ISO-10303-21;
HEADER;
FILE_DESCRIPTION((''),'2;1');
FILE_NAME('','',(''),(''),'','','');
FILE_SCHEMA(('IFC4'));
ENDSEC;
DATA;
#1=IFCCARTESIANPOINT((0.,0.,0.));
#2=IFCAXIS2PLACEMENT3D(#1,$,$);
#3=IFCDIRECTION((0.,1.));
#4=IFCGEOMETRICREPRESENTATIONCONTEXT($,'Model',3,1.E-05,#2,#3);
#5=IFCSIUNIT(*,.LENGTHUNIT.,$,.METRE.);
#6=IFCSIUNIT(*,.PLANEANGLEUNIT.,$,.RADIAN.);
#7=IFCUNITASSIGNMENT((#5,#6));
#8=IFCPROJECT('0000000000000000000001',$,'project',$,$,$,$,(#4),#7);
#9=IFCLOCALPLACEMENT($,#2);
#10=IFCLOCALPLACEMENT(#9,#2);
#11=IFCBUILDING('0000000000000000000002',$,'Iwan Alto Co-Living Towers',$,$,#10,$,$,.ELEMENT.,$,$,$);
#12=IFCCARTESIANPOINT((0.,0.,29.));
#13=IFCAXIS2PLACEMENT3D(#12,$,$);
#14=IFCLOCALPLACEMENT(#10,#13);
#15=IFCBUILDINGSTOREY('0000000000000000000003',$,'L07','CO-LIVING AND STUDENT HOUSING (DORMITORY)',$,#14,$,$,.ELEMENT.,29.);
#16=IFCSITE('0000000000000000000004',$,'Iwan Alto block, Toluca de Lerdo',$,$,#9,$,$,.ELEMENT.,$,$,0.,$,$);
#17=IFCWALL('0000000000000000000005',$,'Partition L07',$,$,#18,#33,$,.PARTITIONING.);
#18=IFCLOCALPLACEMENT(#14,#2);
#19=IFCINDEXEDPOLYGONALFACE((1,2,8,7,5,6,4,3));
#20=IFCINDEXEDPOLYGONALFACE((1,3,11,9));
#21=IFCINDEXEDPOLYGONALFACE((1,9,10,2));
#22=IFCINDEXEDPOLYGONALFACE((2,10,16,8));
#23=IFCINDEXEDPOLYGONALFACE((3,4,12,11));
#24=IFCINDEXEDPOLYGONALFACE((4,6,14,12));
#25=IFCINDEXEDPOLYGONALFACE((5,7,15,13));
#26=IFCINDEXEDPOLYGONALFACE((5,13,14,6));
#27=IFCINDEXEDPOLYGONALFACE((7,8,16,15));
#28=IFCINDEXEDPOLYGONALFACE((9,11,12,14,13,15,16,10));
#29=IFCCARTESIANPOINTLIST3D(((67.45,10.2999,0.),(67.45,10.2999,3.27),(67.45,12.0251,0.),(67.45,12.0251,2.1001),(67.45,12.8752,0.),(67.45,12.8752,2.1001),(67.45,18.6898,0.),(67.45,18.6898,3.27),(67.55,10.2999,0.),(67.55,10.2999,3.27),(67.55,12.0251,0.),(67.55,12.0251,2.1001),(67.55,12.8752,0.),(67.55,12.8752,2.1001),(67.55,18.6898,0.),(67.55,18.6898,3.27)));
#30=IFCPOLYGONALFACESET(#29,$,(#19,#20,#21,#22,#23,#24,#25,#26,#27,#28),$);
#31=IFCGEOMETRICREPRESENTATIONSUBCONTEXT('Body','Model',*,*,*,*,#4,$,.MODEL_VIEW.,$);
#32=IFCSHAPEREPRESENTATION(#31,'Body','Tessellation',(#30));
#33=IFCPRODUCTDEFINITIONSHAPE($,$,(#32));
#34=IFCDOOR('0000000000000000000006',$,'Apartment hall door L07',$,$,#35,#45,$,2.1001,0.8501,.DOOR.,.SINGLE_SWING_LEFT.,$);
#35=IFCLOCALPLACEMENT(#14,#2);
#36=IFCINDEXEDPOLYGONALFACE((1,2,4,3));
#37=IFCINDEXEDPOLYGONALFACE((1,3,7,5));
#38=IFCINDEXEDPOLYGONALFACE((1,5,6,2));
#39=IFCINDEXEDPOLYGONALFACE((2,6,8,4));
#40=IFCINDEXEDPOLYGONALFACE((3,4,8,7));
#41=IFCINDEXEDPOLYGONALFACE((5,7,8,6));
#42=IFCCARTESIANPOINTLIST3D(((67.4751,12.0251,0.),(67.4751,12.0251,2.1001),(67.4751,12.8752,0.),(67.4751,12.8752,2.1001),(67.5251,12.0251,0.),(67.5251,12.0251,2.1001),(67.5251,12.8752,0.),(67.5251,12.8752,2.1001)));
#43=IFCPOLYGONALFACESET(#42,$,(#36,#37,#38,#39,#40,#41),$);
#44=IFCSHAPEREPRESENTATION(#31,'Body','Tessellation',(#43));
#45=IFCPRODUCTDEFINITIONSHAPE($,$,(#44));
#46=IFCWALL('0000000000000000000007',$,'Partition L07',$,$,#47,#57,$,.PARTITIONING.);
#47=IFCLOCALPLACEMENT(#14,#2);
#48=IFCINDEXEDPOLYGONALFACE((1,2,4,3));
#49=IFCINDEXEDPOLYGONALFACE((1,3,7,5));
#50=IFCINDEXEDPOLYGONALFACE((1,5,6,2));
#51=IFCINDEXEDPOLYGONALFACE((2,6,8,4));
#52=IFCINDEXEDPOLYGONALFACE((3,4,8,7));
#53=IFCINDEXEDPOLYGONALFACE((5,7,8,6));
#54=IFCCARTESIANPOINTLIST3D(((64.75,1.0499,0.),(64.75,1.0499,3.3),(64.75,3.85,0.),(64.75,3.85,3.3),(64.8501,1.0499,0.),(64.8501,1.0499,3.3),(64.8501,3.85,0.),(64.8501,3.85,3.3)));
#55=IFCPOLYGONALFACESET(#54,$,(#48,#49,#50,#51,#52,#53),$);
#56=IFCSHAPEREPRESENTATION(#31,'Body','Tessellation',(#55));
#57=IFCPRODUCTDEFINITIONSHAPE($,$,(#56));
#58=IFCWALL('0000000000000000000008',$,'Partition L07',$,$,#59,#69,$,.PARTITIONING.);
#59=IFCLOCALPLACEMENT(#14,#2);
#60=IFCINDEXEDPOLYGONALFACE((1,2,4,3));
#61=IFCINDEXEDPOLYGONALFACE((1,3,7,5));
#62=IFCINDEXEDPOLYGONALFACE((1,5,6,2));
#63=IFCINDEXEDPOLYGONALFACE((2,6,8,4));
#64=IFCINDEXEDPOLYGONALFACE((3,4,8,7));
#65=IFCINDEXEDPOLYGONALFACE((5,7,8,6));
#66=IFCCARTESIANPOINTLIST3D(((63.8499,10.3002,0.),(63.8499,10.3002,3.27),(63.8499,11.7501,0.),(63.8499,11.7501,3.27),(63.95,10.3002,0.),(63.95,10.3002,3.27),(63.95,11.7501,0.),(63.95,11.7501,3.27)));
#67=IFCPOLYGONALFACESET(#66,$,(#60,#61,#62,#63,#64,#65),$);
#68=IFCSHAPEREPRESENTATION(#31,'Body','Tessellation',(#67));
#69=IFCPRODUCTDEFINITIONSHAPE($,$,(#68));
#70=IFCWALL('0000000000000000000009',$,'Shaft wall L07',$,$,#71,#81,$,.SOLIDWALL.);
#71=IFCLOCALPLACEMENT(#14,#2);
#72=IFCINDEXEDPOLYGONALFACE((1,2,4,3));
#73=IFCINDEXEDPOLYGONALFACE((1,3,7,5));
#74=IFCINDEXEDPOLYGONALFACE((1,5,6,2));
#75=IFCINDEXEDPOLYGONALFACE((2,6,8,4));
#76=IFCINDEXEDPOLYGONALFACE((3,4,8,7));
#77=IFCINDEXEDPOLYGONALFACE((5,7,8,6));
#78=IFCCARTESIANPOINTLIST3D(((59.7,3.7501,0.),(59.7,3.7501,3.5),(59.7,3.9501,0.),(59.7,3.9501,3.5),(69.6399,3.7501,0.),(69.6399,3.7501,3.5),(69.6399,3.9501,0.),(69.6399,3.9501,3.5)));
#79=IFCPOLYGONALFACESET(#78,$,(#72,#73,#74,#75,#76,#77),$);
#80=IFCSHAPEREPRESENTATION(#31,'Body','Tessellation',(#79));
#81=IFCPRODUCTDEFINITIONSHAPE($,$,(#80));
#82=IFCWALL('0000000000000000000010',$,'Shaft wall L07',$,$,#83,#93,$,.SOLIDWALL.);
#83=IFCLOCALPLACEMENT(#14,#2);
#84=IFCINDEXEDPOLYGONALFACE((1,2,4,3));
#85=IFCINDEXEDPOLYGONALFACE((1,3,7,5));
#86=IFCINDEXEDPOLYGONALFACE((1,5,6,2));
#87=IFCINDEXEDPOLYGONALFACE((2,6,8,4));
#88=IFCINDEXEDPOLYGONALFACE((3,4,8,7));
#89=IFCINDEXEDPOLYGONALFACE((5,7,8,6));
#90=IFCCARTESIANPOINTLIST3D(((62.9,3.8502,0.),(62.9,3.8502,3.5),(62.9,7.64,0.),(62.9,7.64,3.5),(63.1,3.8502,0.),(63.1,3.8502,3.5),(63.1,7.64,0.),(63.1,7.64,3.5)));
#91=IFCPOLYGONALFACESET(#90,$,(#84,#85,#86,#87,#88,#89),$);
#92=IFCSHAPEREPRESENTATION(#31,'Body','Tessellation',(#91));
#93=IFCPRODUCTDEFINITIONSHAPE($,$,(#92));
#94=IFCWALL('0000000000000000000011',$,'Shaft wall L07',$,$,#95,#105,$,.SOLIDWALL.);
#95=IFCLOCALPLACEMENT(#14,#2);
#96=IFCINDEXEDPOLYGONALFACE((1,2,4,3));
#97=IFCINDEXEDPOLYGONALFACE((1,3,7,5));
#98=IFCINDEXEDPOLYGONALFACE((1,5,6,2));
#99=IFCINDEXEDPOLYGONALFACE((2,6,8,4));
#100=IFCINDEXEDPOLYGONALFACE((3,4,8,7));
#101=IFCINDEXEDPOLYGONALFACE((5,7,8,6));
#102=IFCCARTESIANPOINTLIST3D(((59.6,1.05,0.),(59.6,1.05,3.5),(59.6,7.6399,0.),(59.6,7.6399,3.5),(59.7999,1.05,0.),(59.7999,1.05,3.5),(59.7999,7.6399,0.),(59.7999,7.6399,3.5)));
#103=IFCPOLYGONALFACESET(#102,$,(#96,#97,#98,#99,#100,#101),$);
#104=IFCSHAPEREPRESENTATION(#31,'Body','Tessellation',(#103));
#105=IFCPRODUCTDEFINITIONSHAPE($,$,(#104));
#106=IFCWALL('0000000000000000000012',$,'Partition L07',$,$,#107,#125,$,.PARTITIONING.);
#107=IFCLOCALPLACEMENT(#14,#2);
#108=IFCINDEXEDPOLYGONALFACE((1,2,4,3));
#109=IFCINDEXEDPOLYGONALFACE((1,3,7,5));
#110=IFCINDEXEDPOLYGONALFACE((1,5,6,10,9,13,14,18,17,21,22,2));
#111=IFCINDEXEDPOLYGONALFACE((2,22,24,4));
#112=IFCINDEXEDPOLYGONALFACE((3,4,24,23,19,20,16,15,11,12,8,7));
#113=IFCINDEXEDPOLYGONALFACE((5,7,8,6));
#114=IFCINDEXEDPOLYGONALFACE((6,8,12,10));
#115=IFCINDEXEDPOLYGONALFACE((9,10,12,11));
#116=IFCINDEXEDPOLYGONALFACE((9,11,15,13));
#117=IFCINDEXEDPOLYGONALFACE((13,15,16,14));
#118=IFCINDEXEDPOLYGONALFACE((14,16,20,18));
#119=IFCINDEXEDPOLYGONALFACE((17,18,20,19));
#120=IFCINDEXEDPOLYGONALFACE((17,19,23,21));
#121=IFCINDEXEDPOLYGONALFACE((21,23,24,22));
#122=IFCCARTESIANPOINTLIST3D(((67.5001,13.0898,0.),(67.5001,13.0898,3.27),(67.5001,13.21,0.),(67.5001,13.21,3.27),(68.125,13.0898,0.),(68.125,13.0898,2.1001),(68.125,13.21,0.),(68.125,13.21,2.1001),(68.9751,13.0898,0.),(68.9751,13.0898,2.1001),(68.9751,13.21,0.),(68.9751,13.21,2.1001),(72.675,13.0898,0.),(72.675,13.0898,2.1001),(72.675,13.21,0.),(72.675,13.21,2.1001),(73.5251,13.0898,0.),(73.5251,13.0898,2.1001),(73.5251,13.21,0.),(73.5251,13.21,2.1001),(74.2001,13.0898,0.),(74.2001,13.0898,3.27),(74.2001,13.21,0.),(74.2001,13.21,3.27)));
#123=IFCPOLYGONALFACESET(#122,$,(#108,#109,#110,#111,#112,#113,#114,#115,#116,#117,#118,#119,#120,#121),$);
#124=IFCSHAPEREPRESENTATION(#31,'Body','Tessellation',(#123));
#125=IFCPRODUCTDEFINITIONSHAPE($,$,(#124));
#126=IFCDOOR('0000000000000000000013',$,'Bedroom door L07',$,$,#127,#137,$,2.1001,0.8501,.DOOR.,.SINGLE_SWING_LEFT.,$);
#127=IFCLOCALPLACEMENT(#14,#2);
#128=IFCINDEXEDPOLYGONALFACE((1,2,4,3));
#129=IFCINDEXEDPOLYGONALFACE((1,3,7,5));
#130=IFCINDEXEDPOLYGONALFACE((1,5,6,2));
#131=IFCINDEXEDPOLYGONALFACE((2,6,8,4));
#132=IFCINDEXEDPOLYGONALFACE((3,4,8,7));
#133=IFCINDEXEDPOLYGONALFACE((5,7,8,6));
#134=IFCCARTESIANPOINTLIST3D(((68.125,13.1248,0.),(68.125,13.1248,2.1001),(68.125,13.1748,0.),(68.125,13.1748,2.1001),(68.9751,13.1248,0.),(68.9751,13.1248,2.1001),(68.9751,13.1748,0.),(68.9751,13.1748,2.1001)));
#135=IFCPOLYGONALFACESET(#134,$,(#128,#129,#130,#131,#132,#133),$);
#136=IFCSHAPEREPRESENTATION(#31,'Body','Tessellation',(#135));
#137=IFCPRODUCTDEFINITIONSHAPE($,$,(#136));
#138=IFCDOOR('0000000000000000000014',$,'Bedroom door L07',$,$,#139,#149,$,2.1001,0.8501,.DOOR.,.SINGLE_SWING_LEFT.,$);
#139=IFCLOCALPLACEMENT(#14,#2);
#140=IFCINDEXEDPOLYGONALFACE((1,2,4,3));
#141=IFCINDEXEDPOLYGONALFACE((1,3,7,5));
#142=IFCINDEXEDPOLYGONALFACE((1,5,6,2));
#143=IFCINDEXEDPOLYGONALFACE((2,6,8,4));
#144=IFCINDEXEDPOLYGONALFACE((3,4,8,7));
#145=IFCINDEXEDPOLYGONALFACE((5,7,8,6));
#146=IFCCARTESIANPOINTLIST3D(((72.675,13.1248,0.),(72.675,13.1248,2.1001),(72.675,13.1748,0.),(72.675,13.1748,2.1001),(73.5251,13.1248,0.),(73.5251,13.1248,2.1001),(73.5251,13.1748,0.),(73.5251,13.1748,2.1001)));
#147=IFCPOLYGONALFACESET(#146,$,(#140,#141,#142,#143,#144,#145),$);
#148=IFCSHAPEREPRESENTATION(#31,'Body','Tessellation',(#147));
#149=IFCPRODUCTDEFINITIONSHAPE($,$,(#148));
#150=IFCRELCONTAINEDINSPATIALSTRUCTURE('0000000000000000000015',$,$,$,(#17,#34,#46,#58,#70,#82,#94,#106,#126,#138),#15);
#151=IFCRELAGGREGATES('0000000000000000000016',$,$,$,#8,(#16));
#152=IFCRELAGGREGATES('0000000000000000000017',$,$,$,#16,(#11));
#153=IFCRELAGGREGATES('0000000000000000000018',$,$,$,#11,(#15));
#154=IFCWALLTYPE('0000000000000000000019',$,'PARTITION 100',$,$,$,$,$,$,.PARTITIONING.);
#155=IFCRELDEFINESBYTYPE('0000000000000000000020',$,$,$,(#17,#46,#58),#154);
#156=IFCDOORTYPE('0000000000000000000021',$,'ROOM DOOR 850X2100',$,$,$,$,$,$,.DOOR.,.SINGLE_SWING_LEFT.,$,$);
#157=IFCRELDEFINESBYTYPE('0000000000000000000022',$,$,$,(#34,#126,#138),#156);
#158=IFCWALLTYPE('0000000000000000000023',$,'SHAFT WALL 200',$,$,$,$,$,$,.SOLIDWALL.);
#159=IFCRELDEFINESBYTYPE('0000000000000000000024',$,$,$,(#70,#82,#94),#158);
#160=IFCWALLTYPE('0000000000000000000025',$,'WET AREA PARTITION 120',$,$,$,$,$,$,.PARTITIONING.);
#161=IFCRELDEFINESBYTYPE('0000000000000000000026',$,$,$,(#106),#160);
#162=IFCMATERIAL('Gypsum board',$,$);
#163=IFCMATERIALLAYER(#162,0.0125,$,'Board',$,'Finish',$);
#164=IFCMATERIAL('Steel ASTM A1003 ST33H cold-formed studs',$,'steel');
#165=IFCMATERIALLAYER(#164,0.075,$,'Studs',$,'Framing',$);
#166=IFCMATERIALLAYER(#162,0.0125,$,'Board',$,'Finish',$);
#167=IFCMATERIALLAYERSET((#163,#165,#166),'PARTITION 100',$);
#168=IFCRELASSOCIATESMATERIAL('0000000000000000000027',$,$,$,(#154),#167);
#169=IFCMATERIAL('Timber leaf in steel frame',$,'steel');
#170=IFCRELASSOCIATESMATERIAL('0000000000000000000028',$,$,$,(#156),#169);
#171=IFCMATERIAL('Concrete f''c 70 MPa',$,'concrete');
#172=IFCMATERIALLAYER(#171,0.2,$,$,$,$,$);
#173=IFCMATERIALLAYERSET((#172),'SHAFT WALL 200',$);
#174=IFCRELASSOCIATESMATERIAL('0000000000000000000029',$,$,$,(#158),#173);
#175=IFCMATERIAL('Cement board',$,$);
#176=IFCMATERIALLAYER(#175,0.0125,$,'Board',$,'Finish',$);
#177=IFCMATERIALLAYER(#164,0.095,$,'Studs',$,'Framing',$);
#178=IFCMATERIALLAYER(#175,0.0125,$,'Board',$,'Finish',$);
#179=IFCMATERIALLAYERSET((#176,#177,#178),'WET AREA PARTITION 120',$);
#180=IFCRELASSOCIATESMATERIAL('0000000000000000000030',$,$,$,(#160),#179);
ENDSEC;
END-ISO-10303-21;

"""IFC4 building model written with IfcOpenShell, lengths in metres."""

from ifc_helpers import new_model, si_unit, direction, frame, frame_2d, origin, place, context, subcontext, project, spatial, rectangle, extrude, material, layer, layer_set, type_object, element, fill, save


model = new_model("IFC4")

# Units and contexts
model_context = context("Model", 3, precision=1e-05, world=origin(), true_north=direction((0.0, 1.0)))
body_context = subcontext(model_context, "Body", "Model", "MODEL_VIEW")
ifc_project = project(units=[si_unit("LENGTHUNIT", "METRE"), si_unit("PLANEANGLEUNIT", "RADIAN")], contexts=[model_context])

# Site, building, storey
site_placement = place(None, origin())
site = spatial("IfcSite", under=ifc_project, at=site_placement, Name="Iwan Alto block, Toluca de Lerdo", CompositionType="ELEMENT", RefElevation=0.0)
building_placement = place(site_placement, origin())
building = spatial("IfcBuilding", under=site, at=building_placement, Name="Iwan Alto Co-Living Towers", CompositionType="ELEMENT")
storey_placement = place(building_placement, frame((0.0, 0.0, 29.0)))
storey = spatial("IfcBuildingStorey", under=building, at=storey_placement, Name="L07", Description="CO-LIVING AND STUDENT HOUSING (DORMITORY)", CompositionType="ELEMENT", Elevation=29.0)

# Wall, opening, door
ifc_material_1 = material(Name="Gypsum board")
ifc_layer_1 = layer(ifc_material_1, 0.0125, Name="Board", Category="Finish")
ifc_material_2 = material(Name="Steel ASTM A1003 ST33H cold-formed studs", Category="steel")
ifc_layer_2 = layer(ifc_material_2, 0.075, Name="Studs", Category="Framing")
ifc_layer_3 = layer(ifc_material_1, 0.0125, Name="Board", Category="Finish")
ifc_layer_set_1 = layer_set([ifc_layer_1, ifc_layer_2, ifc_layer_3], Name="PARTITION 100")
wall_type_1 = type_object("IfcWallType", Name="PARTITION 100", PredefinedType="PARTITIONING", material=ifc_layer_set_1)
wall_1_placement = place(storey_placement, frame((67.5, 10.3, 0.0), z_axis=(0.0, 0.0, 1.0), x_axis=(0.0, 1.0, 0.0)))
wall_1 = element("IfcWall", 1, at=wall_1_placement, inside=storey, type_object=wall_type_1, Name="Partition L07", PredefinedType="PARTITIONING", context=body_context, shape_type="SweptSolid", body=[
    extrude(rectangle(XDim=8.3899, YDim=0.1001, at=frame_2d((4.1948, 0.0))), origin(), (0.0, 0.0, 1.0), 3.27),
])
opening_1_placement = place(wall_1_placement, frame((1.7251, 0.0, 0.0)))
opening_1 = element("IfcOpeningElement", 2, at=opening_1_placement, cuts=wall_1, PredefinedType="OPENING", context=body_context, shape_type="SweptSolid", body=[
    extrude(rectangle(XDim=0.8501, YDim=2.1001, at=frame_2d((0.425, 1.05))), frame((0.0, 0.0601, 0.0), z_axis=(0.0, -1.0, 0.0), x_axis=(1.0, 0.0, 0.0)), (0.0, 0.0, 1.0), 0.1201),
])
ifc_material_3 = material(Name="Timber leaf in steel frame", Category="steel")
door_type = type_object("IfcDoorType", Name="ROOM DOOR 850X2100", OperationType="SINGLE_SWING_LEFT", PredefinedType="DOOR", material=ifc_material_3)
door_1_placement = place(opening_1_placement, origin())
door_1 = element("IfcDoor", 3, at=door_1_placement, inside=storey, type_object=door_type, Name="Apartment hall door L07", OperationType="SINGLE_SWING_LEFT", OverallHeight=2.1001, OverallWidth=0.8501, PredefinedType="DOOR", context=body_context, shape_type="SweptSolid", body=[
    extrude(rectangle(XDim=0.8501, YDim=2.1001, at=frame_2d((0.425, 1.05))), frame((0.0, 0.0249, 0.0), z_axis=(0.0, -1.0, 0.0), x_axis=(1.0, 0.0, 0.0)), (0.0, 0.0, 1.0), 0.05),
])
fill(opening_1, door_1)

# Walls
wall_2_placement = place(storey_placement, frame((64.8, 1.05, 0.0), z_axis=(0.0, 0.0, 1.0), x_axis=(0.0, 1.0, 0.0)))
element("IfcWall", 4, at=wall_2_placement, inside=storey, type_object=wall_type_1, Name="Partition L07", PredefinedType="PARTITIONING", context=body_context, shape_type="SweptSolid", body=[
    extrude(rectangle(XDim=2.8, YDim=0.1001, at=frame_2d((1.3999, 0.0))), origin(), (0.0, 0.0, 1.0), 3.3),
])
wall_3_placement = place(storey_placement, frame((63.8999, 10.3, 0.0), z_axis=(0.0, 0.0, 1.0), x_axis=(0.0, 1.0, 0.0)))
element("IfcWall", 5, at=wall_3_placement, inside=storey, type_object=wall_type_1, Name="Partition L07", PredefinedType="PARTITIONING", context=body_context, shape_type="SweptSolid", body=[
    extrude(rectangle(XDim=1.45, YDim=0.1001, at=frame_2d((0.7251, 0.0))), origin(), (0.0, 0.0, 1.0), 3.27),
])
ifc_material_4 = material(Name="Concrete f'c 70 MPa", Category="concrete")
ifc_layer_4 = layer(ifc_material_4, 0.2)
ifc_layer_set_2 = layer_set([ifc_layer_4], Name="SHAFT WALL 200")
wall_type_2 = type_object("IfcWallType", Name="SHAFT WALL 200", PredefinedType="SOLIDWALL", material=ifc_layer_set_2)
wall_4_placement = place(storey_placement, frame((59.7, 3.8501, 0.0), z_axis=(0.0, 0.0, 1.0), x_axis=(1.0, 0.0, 0.0)))
element("IfcWall", 6, at=wall_4_placement, inside=storey, type_object=wall_type_2, Name="Shaft wall L07", PredefinedType="SOLIDWALL", context=body_context, shape_type="SweptSolid", body=[
    extrude(rectangle(XDim=9.9399, YDim=0.2, at=frame_2d((4.97, 0.0))), origin(), (0.0, 0.0, 1.0), 3.5),
])
wall_5_placement = place(storey_placement, frame((63.0, 3.8501, 0.0), z_axis=(0.0, 0.0, 1.0), x_axis=(0.0, 1.0, 0.0)))
element("IfcWall", 7, at=wall_5_placement, inside=storey, type_object=wall_type_2, Name="Shaft wall L07", PredefinedType="SOLIDWALL", context=body_context, shape_type="SweptSolid", body=[
    extrude(rectangle(XDim=3.7898, YDim=0.2, at=frame_2d((1.895, 0.0))), origin(), (0.0, 0.0, 1.0), 3.5),
])
wall_6_placement = place(storey_placement, frame((59.7, 1.05, 0.0), z_axis=(0.0, 0.0, 1.0), x_axis=(0.0, 1.0, 0.0)))
element("IfcWall", 8, at=wall_6_placement, inside=storey, type_object=wall_type_2, Name="Shaft wall L07", PredefinedType="SOLIDWALL", context=body_context, shape_type="SweptSolid", body=[
    extrude(rectangle(XDim=6.5898, YDim=0.2, at=frame_2d((3.2949, 0.0))), origin(), (0.0, 0.0, 1.0), 3.5),
])

# Wall, openings, doors
ifc_material_5 = material(Name="Cement board")
ifc_layer_5 = layer(ifc_material_5, 0.0125, Name="Board", Category="Finish")
ifc_layer_6 = layer(ifc_material_2, 0.095, Name="Studs", Category="Framing")
ifc_layer_7 = layer(ifc_material_5, 0.0125, Name="Board", Category="Finish")
ifc_layer_set_3 = layer_set([ifc_layer_5, ifc_layer_6, ifc_layer_7], Name="WET AREA PARTITION 120")
wall_type_3 = type_object("IfcWallType", Name="WET AREA PARTITION 120", PredefinedType="PARTITIONING", material=ifc_layer_set_3)
wall_7_placement = place(storey_placement, frame((67.5, 13.1499, 0.0), z_axis=(0.0, 0.0, 1.0), x_axis=(1.0, 0.0, 0.0)))
wall_7 = element("IfcWall", 9, at=wall_7_placement, inside=storey, type_object=wall_type_3, Name="Partition L07", PredefinedType="PARTITIONING", context=body_context, shape_type="SweptSolid", body=[
    extrude(rectangle(XDim=6.7, YDim=0.1201, at=frame_2d((3.3501, 0.0))), origin(), (0.0, 0.0, 1.0), 3.27),
])
opening_2_placement = place(wall_7_placement, frame((0.625, 0.0, 0.0)))
opening_2 = element("IfcOpeningElement", 10, at=opening_2_placement, cuts=wall_7, PredefinedType="OPENING", context=body_context, shape_type="SweptSolid", body=[
    extrude(rectangle(XDim=0.8501, YDim=2.1001, at=frame_2d((0.425, 1.05))), frame((0.0, 0.0701, 0.0), z_axis=(0.0, -1.0, 0.0), x_axis=(1.0, 0.0, 0.0)), (0.0, 0.0, 1.0), 0.1401),
])
opening_3_placement = place(wall_7_placement, frame((5.175, 0.0, 0.0)))
opening_3 = element("IfcOpeningElement", 11, at=opening_3_placement, cuts=wall_7, PredefinedType="OPENING", context=body_context, shape_type="SweptSolid", body=[
    extrude(rectangle(XDim=0.8501, YDim=2.1001, at=frame_2d((0.425, 1.05))), frame((0.0, 0.0701, 0.0), z_axis=(0.0, -1.0, 0.0), x_axis=(1.0, 0.0, 0.0)), (0.0, 0.0, 1.0), 0.1401),
])
door_2_placement = place(opening_2_placement, origin())
door_2 = element("IfcDoor", 12, at=door_2_placement, inside=storey, type_object=door_type, Name="Bedroom door L07", OperationType="SINGLE_SWING_LEFT", OverallHeight=2.1001, OverallWidth=0.8501, PredefinedType="DOOR", context=body_context, shape_type="SweptSolid", body=[
    extrude(rectangle(XDim=0.8501, YDim=2.1001, at=frame_2d((0.425, 1.05))), frame((0.0, 0.0249, 0.0), z_axis=(0.0, -1.0, 0.0), x_axis=(1.0, 0.0, 0.0)), (0.0, 0.0, 1.0), 0.05),
])
fill(opening_2, door_2)
door_3_placement = place(opening_3_placement, origin())
door_3 = element("IfcDoor", 13, at=door_3_placement, inside=storey, type_object=door_type, Name="Bedroom door L07", OperationType="SINGLE_SWING_LEFT", OverallHeight=2.1001, OverallWidth=0.8501, PredefinedType="DOOR", context=body_context, shape_type="SweptSolid", body=[
    extrude(rectangle(XDim=0.8501, YDim=2.1001, at=frame_2d((0.425, 1.05))), frame((0.0, 0.0249, 0.0), z_axis=(0.0, -1.0, 0.0), x_axis=(1.0, 0.0, 0.0)), (0.0, 0.0, 1.0), 0.05),
])
fill(opening_3, door_3)

save(model, "model.ifc")
